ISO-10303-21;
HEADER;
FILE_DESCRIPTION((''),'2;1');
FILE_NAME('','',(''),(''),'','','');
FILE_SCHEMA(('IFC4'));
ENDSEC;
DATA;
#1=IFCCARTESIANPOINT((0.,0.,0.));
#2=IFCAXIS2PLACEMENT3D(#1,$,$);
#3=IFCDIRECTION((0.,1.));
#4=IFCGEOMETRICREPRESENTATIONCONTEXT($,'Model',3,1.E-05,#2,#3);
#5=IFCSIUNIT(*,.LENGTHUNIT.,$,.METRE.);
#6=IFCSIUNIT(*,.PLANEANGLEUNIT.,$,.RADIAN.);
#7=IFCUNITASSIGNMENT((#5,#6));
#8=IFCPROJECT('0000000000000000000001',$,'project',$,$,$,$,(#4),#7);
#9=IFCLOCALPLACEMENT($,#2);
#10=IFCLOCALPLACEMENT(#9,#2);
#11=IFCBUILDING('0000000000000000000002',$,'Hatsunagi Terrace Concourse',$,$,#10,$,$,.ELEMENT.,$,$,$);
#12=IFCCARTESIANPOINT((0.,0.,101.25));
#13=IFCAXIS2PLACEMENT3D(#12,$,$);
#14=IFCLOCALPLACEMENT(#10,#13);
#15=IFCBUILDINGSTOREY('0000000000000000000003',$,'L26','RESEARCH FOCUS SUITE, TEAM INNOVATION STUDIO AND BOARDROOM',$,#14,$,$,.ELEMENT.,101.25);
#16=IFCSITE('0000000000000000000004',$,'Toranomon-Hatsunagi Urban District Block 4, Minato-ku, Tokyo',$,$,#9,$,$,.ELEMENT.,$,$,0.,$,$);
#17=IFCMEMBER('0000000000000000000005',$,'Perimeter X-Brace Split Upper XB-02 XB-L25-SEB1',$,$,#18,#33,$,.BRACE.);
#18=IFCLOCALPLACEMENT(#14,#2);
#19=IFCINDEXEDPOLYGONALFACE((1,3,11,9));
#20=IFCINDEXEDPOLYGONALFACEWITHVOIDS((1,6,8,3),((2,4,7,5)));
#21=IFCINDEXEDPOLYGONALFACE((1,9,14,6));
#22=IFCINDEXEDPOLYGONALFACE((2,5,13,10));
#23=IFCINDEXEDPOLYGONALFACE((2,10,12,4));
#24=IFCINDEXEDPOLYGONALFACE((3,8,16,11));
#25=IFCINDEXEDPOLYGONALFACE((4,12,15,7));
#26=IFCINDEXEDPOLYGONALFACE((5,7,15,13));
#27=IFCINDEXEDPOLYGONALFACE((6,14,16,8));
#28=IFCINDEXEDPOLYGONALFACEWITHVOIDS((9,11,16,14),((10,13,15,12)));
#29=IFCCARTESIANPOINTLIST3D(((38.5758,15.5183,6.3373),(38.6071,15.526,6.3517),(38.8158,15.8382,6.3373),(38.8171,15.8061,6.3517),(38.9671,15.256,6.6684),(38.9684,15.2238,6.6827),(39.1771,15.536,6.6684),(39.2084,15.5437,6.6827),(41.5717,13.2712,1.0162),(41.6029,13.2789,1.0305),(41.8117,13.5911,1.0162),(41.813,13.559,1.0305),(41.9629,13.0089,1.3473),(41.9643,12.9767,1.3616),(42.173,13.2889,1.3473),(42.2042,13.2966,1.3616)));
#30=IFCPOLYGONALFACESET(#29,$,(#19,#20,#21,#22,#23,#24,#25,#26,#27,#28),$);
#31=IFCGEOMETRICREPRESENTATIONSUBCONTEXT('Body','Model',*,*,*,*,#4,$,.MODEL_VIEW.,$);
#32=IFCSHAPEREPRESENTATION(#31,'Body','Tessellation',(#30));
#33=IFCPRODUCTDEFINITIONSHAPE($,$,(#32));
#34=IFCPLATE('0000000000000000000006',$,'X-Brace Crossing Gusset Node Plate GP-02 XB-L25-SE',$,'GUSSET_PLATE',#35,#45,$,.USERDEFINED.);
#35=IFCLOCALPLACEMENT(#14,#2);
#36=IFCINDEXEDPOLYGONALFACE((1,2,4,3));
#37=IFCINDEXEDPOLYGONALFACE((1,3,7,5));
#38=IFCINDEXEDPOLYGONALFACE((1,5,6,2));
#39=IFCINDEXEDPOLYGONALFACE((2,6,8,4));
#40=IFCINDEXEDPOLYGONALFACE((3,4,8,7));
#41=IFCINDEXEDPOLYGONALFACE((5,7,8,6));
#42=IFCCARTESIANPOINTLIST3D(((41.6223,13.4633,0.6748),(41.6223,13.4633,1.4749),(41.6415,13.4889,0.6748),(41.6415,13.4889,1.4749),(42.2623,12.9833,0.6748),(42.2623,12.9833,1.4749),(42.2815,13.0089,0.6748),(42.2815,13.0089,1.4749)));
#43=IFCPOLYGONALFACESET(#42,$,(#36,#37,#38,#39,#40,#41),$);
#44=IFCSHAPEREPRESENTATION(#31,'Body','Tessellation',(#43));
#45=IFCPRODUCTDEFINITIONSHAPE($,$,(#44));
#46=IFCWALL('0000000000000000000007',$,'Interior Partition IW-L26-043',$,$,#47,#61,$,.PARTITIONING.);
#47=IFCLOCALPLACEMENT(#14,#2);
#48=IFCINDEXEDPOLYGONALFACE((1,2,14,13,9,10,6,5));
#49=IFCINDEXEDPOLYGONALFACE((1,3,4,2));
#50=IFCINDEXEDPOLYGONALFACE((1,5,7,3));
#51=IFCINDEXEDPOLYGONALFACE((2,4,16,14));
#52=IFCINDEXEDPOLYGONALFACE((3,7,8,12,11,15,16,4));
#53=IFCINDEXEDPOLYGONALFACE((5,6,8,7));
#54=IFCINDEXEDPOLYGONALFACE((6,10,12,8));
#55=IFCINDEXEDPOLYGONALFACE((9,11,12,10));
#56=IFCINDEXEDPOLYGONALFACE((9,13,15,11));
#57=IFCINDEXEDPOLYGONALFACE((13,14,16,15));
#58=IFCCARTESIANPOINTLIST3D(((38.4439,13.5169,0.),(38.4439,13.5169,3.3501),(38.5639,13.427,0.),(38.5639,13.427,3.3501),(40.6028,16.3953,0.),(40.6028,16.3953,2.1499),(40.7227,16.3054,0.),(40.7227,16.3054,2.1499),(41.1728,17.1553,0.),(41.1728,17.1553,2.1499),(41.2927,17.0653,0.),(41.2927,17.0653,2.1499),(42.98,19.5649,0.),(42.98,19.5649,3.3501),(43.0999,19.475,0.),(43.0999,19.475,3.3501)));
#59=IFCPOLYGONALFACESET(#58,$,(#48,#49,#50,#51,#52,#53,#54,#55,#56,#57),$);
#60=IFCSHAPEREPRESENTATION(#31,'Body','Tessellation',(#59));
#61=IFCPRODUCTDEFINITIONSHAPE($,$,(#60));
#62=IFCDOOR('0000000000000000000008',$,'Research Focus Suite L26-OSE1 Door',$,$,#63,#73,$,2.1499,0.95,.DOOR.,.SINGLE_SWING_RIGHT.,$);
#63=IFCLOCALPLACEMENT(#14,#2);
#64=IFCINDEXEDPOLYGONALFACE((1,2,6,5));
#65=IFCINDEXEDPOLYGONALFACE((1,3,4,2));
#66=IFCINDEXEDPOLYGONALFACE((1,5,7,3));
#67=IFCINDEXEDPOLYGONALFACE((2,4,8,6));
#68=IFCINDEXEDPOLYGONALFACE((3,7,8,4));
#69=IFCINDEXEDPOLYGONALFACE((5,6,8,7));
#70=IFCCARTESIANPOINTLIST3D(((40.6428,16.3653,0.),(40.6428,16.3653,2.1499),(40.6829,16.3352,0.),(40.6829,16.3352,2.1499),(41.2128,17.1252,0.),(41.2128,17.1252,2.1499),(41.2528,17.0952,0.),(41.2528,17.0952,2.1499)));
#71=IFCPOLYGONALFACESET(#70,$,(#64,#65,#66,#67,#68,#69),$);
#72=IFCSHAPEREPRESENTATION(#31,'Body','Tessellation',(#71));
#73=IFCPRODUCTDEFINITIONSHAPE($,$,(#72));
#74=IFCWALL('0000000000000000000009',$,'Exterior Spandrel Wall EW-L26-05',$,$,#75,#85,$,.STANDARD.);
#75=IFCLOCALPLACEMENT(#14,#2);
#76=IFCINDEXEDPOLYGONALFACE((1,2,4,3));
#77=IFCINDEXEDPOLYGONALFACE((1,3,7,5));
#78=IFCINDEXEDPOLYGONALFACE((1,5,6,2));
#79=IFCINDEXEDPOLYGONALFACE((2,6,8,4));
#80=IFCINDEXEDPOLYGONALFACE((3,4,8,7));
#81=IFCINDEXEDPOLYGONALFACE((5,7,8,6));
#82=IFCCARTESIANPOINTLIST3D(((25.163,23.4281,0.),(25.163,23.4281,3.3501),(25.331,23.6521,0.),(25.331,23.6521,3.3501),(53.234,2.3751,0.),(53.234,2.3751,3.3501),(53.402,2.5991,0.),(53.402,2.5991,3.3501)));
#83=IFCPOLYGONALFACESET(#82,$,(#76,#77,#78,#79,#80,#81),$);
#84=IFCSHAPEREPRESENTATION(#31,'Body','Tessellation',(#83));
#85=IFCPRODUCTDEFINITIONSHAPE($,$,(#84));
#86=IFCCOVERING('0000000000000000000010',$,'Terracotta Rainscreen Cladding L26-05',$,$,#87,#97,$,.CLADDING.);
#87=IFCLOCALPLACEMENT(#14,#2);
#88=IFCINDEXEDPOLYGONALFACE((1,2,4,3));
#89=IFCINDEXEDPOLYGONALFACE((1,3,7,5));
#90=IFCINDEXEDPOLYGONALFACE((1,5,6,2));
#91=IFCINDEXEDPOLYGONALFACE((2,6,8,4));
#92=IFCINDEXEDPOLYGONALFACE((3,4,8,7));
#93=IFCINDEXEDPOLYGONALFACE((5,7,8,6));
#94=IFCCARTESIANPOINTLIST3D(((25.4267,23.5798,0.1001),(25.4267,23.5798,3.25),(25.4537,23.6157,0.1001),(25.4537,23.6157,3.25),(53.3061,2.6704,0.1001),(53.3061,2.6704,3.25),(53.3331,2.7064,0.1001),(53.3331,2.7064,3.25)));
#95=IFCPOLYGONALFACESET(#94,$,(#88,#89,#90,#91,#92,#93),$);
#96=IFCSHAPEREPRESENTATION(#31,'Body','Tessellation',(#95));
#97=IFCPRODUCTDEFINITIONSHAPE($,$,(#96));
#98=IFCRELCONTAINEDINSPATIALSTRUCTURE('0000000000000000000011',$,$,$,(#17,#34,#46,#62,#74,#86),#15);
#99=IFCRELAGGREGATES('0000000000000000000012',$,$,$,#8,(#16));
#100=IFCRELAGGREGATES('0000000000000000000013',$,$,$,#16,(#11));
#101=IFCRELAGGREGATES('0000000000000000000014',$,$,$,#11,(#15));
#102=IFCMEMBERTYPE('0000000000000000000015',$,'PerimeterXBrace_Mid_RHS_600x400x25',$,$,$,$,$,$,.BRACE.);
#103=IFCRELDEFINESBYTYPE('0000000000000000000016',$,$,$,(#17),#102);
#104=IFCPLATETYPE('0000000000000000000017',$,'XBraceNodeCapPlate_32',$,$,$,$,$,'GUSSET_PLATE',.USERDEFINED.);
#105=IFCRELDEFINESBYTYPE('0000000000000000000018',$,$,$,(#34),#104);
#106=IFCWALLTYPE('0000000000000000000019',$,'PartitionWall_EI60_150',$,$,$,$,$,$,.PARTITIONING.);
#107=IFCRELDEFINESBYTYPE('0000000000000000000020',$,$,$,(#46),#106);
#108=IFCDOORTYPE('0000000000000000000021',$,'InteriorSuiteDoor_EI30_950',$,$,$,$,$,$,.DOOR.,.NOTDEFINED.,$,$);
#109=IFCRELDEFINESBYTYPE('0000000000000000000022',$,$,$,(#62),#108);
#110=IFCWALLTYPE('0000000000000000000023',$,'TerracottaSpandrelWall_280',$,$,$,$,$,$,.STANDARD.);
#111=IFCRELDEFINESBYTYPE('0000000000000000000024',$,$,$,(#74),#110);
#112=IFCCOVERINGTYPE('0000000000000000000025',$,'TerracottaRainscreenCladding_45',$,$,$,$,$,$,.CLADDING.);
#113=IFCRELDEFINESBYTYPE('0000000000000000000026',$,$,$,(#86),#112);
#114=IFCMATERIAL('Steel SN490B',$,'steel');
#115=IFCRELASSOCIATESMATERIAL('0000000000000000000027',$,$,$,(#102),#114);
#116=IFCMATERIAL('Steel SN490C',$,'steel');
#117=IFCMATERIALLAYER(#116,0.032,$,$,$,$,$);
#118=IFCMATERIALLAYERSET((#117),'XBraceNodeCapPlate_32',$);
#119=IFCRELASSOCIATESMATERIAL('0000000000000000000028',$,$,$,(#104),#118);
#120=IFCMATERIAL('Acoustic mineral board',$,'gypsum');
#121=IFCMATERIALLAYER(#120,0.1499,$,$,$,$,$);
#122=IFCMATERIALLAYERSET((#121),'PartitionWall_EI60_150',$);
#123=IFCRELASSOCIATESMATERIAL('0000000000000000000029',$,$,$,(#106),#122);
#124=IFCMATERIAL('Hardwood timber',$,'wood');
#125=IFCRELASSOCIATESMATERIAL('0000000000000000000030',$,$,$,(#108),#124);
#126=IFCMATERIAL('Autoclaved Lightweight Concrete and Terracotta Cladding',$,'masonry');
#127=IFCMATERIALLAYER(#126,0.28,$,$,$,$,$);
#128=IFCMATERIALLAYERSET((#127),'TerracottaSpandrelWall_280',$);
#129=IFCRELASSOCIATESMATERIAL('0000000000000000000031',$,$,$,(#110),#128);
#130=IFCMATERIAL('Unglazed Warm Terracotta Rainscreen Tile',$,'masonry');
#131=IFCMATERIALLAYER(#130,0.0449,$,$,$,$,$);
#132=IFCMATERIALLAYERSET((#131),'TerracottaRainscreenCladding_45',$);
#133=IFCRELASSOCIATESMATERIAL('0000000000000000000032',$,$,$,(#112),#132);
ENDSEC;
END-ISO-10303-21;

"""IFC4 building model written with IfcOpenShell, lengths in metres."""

from ifc_helpers import new_model, si_unit, direction, frame, frame_2d, origin, origin_2d, place, context, subcontext, project, spatial, rectangle, hollow_rectangle, extrude, material, layer, layer_set, material_profile, profile_set, type_object, element, fill, save


model = new_model("IFC4")

# Units and contexts
model_context = context("Model", 3, precision=1e-05, world=origin(), true_north=direction((0.0, 1.0)))
body_context = subcontext(model_context, "Body", "Model", "MODEL_VIEW")
ifc_project = project(units=[si_unit("LENGTHUNIT", "METRE"), si_unit("PLANEANGLEUNIT", "RADIAN")], contexts=[model_context])

# Site, building, storey
site_placement = place(None, origin())
site = spatial("IfcSite", under=ifc_project, at=site_placement, Name="Toranomon-Hatsunagi Urban District Block 4, Minato-ku, Tokyo", CompositionType="ELEMENT", RefElevation=0.0)
building_placement = place(site_placement, origin())
building = spatial("IfcBuilding", under=site, at=building_placement, Name="Hatsunagi Terrace Concourse", CompositionType="ELEMENT")
storey_placement = place(building_placement, frame((0.0, 0.0, 101.25)))
storey = spatial("IfcBuildingStorey", under=building, at=storey_placement, Name="L26", Description="RESEARCH FOCUS SUITE, TEAM INNOVATION STUDIO AND BOARDROOM", CompositionType="ELEMENT", Elevation=101.25)

# Member
ifc_material_1 = material(Name="Steel SN490B", Category="steel")
ifc_material_profile_1 = material_profile(ifc_material_1, hollow_rectangle(XDim=0.3999, YDim=0.6001, WallThickness=0.0249, at=origin_2d()), Name="RHS-600x400x25")
ifc_profile_set_1 = profile_set([ifc_material_profile_1], Name="Steel SN490B")
member_type = type_object("IfcMemberType", Name="PerimeterXBrace_Mid_RHS_600x400x25", PredefinedType="BRACE", material=ifc_profile_set_1)
member_placement = place(storey_placement, frame((38.8921, 15.531, 6.51), z_axis=(0.460421, -0.345344, -0.817771), x_axis=(0.600031, 0.799977, 0.0)))
element("IfcMember", 1, at=member_placement, inside=storey, type_object=member_type, Name="Perimeter X-Brace Split Upper XB-02 XB-L25-SEB1", PredefinedType="BRACE", context=body_context, shape_type="SweptSolid", body=[
    extrude(hollow_rectangle(XDim=0.3999, YDim=0.6001, WallThickness=0.0249, at=origin_2d()), origin(), (0.0, 0.0, 1.0), 6.5068),
])

# Plate
ifc_material_2 = material(Name="Steel SN490C", Category="steel")
ifc_layer_1 = layer(ifc_material_2, 0.032)
ifc_layer_set_1 = layer_set([ifc_layer_1], Name="XBraceNodeCapPlate_32")
plate_type = type_object("IfcPlateType", Name="XBraceNodeCapPlate_32", ElementType="GUSSET_PLATE", PredefinedType="USERDEFINED", material=ifc_layer_set_1)
plate_placement = place(storey_placement, frame((41.9519, 13.2361, 0.6748), z_axis=(0.0, 0.0, 1.0), x_axis=(0.8, -0.6, 0.0)))
element("IfcPlate", 2, at=plate_placement, inside=storey, type_object=plate_type, Name="X-Brace Crossing Gusset Node Plate GP-02 XB-L25-SE", ObjectType="GUSSET_PLATE", PredefinedType="USERDEFINED", context=body_context, shape_type="SweptSolid", body=[
    extrude(rectangle(XDim=0.8, YDim=0.032, at=origin_2d()), origin(), (0.0, 0.0, 1.0), 0.8),
])

# Wall, opening, door
ifc_material_3 = material(Name="Acoustic mineral board", Category="gypsum")
ifc_layer_2 = layer(ifc_material_3, 0.1499)
ifc_layer_set_2 = layer_set([ifc_layer_2], Name="PartitionWall_EI60_150")
wall_type_1 = type_object("IfcWallType", Name="PartitionWall_EI60_150", PredefinedType="PARTITIONING", material=ifc_layer_set_2)
wall_1_placement = place(storey_placement, frame((38.5039, 13.4719, 0.0), z_axis=(0.0, 0.0, 1.0), x_axis=(0.600005, 0.799996, 0.0)))
wall_1 = element("IfcWall", 3, at=wall_1_placement, inside=storey, type_object=wall_type_1, Name="Interior Partition IW-L26-043", PredefinedType="PARTITIONING", context=body_context, shape_type="SweptSolid", body=[
    extrude(rectangle(XDim=7.5601, YDim=0.1499, at=frame_2d((3.78, 0.0))), origin(), (0.0, 0.0, 1.0), 3.3501),
])
opening_placement = place(wall_1_placement, frame((3.5979, 0.0, 0.0)))
opening = element("IfcOpeningElement", 4, at=opening_placement, cuts=wall_1, PredefinedType="OPENING", context=body_context, shape_type="SweptSolid", body=[
    extrude(rectangle(XDim=0.95, YDim=2.1499, at=frame_2d((0.4751, 1.075))), frame((0.0, 0.085, 0.0), z_axis=(0.0, -1.0, 0.0), x_axis=(1.0, 0.0, 0.0)), (0.0, 0.0, 1.0), 0.1699),
])
ifc_material_4 = material(Name="Hardwood timber", Category="wood")
door_type = type_object("IfcDoorType", Name="InteriorSuiteDoor_EI30_950", OperationType="NOTDEFINED", PredefinedType="DOOR", material=ifc_material_4)
door_placement = place(opening_placement, origin())
door = element("IfcDoor", 5, at=door_placement, inside=storey, type_object=door_type, Name="Research Focus Suite L26-OSE1 Door", OperationType="SINGLE_SWING_RIGHT", OverallHeight=2.1499, OverallWidth=0.95, PredefinedType="DOOR", context=body_context, shape_type="SweptSolid", body=[
    extrude(rectangle(XDim=0.95, YDim=2.1499, at=frame_2d((0.4751, 1.075))), frame((0.0, 0.0249, 0.0), z_axis=(0.0, -1.0, 0.0), x_axis=(1.0, 0.0, 0.0)), (0.0, 0.0, 1.0), 0.05),
])
fill(opening, door)

# Wall
ifc_material_5 = material(Name="Autoclaved Lightweight Concrete and Terracotta Cladding", Category="masonry")
ifc_layer_3 = layer(ifc_material_5, 0.28)
ifc_layer_set_3 = layer_set([ifc_layer_3], Name="TerracottaSpandrelWall_280")
wall_type_2 = type_object("IfcWallType", Name="TerracottaSpandrelWall_280", PredefinedType="STANDARD", material=ifc_layer_set_3)
wall_2_placement = place(storey_placement, frame((53.3181, 2.4871, 0.0), z_axis=(0.0, 0.0, 1.0), x_axis=(-0.800004, 0.599994, 0.0)))
element("IfcWall", 6, at=wall_2_placement, inside=storey, type_object=wall_type_2, Name="Exterior Spandrel Wall EW-L26-05", PredefinedType="STANDARD", context=body_context, shape_type="SweptSolid", body=[
    extrude(rectangle(XDim=35.0886, YDim=0.28, at=frame_2d((17.5444, 0.0))), origin(), (0.0, 0.0, 1.0), 3.3501),
])

# Covering
ifc_material_6 = material(Name="Unglazed Warm Terracotta Rainscreen Tile", Category="masonry")
ifc_layer_4 = layer(ifc_material_6, 0.0449)
ifc_layer_set_4 = layer_set([ifc_layer_4], Name="TerracottaRainscreenCladding_45")
covering_type = type_object("IfcCoveringType", Name="TerracottaRainscreenCladding_45", PredefinedType="CLADDING", material=ifc_layer_set_4)
covering_placement = place(storey_placement, frame((39.3799, 13.1431, 0.1001), z_axis=(0.0, 0.0, 1.0), x_axis=(-0.800003, 0.599996, 0.0)))
element("IfcCovering", 7, at=covering_placement, inside=storey, type_object=covering_type, Name="Terracotta Rainscreen Cladding L26-05", PredefinedType="CLADDING", context=body_context, shape_type="SweptSolid", body=[
    extrude(rectangle(XDim=34.8491, YDim=0.0449, at=origin_2d()), origin(), (0.0, 0.0, 1.0), 3.1499),
])

save(model, "model.ifc")
